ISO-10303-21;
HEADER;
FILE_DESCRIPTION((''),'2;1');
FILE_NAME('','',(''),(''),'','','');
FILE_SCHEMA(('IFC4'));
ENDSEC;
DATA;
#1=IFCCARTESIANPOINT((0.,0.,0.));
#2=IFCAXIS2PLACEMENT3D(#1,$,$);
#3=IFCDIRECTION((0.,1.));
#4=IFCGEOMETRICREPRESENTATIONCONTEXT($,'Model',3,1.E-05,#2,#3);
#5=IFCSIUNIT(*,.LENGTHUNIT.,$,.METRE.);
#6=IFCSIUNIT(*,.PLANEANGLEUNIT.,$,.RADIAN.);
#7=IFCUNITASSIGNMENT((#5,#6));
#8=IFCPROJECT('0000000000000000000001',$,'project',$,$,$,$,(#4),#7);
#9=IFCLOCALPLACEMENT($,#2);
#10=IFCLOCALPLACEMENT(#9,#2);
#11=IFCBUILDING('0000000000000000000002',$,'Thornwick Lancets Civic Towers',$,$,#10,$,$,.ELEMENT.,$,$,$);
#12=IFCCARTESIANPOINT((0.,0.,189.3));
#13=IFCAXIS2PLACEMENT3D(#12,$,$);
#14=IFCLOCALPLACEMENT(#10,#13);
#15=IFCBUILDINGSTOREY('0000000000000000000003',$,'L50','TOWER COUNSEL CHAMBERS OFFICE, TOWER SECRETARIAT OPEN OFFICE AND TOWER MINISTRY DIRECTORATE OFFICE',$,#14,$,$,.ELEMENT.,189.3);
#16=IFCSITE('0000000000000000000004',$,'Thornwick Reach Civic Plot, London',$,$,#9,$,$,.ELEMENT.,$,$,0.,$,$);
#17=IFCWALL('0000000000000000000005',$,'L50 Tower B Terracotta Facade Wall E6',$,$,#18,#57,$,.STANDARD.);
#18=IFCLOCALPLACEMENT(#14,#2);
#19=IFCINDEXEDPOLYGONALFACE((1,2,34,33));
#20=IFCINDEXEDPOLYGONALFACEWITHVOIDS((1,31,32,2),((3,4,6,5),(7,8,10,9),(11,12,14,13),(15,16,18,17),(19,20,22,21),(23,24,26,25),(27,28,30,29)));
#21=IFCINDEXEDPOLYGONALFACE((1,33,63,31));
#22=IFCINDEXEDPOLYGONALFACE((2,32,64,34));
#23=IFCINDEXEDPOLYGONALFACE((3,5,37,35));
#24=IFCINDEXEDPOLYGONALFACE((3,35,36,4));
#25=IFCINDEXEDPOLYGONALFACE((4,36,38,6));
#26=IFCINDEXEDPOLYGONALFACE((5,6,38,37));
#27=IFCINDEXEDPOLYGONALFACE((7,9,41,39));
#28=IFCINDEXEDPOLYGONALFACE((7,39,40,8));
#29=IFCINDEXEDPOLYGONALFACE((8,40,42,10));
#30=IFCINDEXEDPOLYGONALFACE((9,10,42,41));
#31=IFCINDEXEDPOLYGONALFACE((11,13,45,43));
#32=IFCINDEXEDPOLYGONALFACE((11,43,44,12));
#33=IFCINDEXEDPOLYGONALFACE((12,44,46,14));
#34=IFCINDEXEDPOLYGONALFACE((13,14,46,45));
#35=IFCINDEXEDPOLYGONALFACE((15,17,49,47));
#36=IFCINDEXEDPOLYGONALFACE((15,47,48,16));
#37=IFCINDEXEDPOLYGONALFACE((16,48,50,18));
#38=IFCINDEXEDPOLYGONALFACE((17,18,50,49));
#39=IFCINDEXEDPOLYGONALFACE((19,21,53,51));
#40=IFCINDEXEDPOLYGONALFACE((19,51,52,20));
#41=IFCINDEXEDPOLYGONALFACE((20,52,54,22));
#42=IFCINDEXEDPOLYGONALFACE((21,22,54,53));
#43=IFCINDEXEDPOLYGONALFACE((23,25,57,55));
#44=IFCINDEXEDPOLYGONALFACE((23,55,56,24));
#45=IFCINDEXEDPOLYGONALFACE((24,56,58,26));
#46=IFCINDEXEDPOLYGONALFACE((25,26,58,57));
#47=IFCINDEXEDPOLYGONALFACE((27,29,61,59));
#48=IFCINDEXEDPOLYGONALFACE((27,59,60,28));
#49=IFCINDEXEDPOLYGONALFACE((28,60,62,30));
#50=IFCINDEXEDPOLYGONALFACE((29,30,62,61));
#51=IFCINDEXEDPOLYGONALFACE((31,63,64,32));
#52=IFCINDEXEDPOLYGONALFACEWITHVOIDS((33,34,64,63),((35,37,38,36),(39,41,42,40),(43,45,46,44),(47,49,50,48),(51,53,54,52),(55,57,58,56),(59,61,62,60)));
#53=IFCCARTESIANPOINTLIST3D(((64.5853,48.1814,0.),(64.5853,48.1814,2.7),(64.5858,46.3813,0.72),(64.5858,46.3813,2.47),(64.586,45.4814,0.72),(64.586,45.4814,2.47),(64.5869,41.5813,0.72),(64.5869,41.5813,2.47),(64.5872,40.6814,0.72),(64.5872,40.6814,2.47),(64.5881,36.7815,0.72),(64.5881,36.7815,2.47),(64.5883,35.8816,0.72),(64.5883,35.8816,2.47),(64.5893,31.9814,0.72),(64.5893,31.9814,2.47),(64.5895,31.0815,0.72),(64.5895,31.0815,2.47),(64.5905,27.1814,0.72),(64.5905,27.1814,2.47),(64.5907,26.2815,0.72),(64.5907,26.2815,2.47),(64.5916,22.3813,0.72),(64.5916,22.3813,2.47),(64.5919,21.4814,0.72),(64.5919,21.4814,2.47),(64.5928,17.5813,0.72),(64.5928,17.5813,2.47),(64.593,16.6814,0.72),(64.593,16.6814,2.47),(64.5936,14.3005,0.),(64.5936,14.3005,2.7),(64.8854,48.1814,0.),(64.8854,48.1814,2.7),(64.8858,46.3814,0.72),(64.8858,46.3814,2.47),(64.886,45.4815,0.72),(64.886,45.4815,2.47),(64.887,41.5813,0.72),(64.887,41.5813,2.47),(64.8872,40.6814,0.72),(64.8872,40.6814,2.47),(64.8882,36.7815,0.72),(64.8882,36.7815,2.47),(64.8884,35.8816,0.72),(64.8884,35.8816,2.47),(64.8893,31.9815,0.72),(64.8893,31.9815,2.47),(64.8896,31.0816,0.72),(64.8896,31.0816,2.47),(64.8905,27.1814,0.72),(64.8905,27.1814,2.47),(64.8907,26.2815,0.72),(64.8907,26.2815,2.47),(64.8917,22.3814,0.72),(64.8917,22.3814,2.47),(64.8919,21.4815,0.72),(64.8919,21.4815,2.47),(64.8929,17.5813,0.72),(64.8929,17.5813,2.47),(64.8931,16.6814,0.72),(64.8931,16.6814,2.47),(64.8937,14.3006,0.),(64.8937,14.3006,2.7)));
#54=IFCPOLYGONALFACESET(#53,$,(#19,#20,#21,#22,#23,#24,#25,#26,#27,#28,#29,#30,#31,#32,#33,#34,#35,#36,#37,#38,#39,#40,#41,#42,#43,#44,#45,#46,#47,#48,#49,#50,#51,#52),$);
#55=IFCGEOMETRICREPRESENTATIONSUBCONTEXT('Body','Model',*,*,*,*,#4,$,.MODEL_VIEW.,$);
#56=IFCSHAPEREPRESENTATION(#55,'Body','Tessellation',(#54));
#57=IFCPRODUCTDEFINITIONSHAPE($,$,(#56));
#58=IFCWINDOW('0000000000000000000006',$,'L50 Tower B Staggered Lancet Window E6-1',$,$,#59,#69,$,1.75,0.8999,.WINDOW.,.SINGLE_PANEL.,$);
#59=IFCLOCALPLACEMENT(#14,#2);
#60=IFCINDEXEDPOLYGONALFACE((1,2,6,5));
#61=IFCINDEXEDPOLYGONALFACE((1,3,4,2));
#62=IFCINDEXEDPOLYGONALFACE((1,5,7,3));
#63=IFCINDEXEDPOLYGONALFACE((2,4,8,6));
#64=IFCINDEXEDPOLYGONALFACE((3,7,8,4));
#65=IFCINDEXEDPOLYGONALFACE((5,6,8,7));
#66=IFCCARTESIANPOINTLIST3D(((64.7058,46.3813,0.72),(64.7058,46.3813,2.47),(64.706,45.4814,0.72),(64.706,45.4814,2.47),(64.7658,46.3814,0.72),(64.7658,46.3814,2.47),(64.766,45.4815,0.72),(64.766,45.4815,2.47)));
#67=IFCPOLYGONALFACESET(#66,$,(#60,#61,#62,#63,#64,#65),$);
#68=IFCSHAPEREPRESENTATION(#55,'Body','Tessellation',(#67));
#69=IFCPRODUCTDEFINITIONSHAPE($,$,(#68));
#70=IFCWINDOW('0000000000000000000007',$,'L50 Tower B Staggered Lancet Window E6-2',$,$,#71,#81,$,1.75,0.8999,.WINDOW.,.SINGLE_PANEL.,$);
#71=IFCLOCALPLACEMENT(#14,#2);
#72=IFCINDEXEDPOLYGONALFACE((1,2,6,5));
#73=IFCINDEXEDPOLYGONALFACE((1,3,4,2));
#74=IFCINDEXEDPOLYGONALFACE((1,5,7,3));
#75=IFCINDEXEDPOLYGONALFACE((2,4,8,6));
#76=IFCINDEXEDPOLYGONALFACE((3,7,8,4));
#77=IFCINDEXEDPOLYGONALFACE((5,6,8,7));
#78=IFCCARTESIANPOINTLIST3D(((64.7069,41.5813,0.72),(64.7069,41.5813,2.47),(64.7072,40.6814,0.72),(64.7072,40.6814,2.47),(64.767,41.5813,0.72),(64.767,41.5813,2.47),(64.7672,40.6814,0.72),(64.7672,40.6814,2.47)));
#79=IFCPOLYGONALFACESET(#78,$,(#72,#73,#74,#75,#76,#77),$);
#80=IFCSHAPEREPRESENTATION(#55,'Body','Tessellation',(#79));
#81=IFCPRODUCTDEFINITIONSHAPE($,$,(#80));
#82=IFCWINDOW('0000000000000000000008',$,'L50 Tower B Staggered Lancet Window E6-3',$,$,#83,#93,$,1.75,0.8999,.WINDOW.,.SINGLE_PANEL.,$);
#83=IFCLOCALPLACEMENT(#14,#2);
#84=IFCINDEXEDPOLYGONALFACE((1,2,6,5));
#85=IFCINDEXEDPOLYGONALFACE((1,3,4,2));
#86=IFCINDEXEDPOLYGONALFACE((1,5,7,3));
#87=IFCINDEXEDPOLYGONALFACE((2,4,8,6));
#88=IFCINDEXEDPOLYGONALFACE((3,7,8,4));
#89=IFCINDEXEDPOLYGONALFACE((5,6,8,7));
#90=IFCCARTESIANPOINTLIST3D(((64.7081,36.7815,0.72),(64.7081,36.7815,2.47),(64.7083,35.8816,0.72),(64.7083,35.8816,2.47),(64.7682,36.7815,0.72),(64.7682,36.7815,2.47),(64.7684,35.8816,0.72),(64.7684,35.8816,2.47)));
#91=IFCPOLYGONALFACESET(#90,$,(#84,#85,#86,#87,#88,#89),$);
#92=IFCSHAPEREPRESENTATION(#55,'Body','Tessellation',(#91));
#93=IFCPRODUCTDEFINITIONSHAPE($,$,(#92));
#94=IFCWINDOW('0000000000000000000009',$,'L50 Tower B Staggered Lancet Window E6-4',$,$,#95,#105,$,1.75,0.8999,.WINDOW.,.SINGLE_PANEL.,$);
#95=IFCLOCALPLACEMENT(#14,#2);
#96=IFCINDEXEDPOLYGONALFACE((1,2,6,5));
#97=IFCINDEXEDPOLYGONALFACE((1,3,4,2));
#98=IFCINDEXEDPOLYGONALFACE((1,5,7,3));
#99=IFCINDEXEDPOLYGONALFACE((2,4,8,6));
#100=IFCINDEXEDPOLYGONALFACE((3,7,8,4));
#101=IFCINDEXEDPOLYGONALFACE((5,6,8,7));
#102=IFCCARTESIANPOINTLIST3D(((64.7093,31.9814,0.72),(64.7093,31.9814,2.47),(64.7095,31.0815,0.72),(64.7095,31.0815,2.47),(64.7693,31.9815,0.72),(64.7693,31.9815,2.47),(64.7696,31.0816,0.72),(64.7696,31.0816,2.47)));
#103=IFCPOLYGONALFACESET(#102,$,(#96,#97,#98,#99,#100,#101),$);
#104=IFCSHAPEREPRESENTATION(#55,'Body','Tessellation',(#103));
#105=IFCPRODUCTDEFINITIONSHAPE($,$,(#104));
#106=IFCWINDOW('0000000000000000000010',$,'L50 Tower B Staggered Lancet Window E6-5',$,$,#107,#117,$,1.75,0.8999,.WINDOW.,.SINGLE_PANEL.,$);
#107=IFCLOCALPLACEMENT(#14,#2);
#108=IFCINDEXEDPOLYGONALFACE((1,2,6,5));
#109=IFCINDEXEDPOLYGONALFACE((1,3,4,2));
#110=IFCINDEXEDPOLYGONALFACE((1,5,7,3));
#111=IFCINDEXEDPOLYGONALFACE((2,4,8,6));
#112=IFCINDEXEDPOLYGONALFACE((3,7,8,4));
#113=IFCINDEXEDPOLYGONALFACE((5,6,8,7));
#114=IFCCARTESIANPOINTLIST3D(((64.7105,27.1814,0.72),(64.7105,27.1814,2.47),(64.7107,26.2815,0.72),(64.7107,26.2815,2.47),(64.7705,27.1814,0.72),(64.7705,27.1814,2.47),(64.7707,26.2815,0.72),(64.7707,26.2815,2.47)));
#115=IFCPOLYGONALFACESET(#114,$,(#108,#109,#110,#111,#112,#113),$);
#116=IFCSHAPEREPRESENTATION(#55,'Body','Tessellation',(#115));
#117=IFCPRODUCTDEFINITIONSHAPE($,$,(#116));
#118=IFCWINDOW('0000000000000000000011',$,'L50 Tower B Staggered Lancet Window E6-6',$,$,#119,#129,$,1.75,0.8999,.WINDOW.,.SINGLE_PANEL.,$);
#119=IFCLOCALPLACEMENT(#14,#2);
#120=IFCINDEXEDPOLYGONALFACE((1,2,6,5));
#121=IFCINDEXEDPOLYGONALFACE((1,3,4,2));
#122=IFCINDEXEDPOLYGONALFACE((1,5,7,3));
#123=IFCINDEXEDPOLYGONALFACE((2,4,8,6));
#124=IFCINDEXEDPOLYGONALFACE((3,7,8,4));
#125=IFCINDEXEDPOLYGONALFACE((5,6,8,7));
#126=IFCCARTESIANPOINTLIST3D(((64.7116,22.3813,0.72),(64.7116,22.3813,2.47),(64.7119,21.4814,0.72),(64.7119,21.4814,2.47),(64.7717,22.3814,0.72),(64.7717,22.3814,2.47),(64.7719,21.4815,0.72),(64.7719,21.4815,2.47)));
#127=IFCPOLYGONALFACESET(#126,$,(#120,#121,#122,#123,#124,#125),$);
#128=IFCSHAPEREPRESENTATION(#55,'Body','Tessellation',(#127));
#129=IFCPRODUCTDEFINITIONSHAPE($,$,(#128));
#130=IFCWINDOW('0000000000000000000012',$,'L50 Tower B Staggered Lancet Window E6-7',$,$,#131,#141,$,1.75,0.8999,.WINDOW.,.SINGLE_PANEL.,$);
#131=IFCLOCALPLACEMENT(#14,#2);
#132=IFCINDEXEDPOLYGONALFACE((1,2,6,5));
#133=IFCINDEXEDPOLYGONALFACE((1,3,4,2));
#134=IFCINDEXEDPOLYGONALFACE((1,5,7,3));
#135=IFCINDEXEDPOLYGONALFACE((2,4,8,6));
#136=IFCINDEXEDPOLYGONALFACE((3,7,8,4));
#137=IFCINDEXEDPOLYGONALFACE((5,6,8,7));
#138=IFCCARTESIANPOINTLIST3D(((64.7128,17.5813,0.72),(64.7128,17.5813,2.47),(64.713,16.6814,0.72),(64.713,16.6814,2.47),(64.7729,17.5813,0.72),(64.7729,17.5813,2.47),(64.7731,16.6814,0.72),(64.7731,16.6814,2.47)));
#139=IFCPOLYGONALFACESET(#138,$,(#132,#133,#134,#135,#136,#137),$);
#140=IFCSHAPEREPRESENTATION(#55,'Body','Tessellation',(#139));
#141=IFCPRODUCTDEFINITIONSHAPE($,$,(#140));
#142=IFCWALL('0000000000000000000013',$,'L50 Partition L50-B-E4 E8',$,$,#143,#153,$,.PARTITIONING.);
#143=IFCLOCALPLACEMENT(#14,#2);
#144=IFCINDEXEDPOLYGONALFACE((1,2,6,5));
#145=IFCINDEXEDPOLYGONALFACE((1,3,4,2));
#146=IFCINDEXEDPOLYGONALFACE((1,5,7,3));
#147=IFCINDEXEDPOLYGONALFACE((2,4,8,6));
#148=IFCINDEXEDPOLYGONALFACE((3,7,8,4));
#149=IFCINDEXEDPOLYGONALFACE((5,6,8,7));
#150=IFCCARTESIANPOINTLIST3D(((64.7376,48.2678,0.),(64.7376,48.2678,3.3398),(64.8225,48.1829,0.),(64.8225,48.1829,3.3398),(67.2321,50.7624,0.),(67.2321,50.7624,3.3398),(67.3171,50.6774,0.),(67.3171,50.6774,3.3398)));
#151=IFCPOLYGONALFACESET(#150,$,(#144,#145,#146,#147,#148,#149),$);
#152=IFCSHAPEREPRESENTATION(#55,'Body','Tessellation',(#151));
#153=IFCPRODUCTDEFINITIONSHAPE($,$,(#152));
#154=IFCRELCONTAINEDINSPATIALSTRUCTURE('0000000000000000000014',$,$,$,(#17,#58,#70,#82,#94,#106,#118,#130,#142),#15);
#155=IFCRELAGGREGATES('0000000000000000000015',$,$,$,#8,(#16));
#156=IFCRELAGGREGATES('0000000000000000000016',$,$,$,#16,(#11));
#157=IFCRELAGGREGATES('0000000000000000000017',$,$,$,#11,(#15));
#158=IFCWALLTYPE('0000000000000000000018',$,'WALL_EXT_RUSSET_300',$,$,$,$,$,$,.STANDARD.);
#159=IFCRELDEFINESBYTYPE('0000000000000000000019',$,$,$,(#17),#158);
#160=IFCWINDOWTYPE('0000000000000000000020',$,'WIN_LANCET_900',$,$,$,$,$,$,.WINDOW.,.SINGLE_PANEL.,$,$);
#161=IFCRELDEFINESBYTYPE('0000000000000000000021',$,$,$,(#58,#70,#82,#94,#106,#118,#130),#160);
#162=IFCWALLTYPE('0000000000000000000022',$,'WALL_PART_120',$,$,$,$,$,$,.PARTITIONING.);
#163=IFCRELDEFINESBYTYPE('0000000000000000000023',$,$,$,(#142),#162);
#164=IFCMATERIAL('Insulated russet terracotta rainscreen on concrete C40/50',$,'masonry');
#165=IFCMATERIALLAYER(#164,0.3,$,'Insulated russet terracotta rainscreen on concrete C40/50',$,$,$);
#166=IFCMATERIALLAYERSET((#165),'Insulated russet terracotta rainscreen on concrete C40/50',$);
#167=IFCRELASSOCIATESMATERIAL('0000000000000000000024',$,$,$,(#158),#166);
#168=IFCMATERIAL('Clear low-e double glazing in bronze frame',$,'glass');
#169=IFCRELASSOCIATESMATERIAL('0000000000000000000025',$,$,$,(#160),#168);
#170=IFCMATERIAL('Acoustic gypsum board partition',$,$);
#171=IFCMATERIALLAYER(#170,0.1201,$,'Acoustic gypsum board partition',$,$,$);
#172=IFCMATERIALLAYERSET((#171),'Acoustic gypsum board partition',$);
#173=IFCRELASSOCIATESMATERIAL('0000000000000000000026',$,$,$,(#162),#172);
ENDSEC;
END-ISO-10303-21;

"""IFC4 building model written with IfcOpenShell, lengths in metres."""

from ifc_helpers import new_model, si_unit, direction, frame, frame_2d, origin, place, context, subcontext, project, spatial, rectangle, extrude, material, layer, layer_set, type_object, element, fill, save


model = new_model("IFC4")

# Units and contexts
model_context = context("Model", 3, precision=1e-05, world=origin(), true_north=direction((0.0, 1.0)))
body_context = subcontext(model_context, "Body", "Model", "MODEL_VIEW")
ifc_project = project(units=[si_unit("LENGTHUNIT", "METRE"), si_unit("PLANEANGLEUNIT", "RADIAN")], contexts=[model_context])

# Site, building, storey
site_placement = place(None, origin())
site = spatial("IfcSite", under=ifc_project, at=site_placement, Name="Thornwick Reach Civic Plot, London", CompositionType="ELEMENT", RefElevation=0.0)
building_placement = place(site_placement, origin())
building = spatial("IfcBuilding", under=site, at=building_placement, Name="Thornwick Lancets Civic Towers", CompositionType="ELEMENT")
storey_placement = place(building_placement, frame((0.0, 0.0, 189.3)))
storey = spatial("IfcBuildingStorey", under=building, at=storey_placement, Name="L50", Description="TOWER COUNSEL CHAMBERS OFFICE, TOWER SECRETARIAT OPEN OFFICE AND TOWER MINISTRY DIRECTORATE OFFICE", CompositionType="ELEMENT", Elevation=189.3)

# Wall, openings, windows
ifc_material_1 = material(Name="Insulated russet terracotta rainscreen on concrete C40/50", Category="masonry")
ifc_layer_1 = layer(ifc_material_1, 0.3, Name="Insulated russet terracotta rainscreen on concrete C40/50")
ifc_layer_set_1 = layer_set([ifc_layer_1], Name="Insulated russet terracotta rainscreen on concrete C40/50")
wall_type_1 = type_object("IfcWallType", Name="WALL_EXT_RUSSET_300", PredefinedType="STANDARD", material=ifc_layer_set_1)
wall_1_placement = place(storey_placement, frame((64.7354, 48.1814, 0.0), z_axis=(0.0, 0.0, 1.0), x_axis=(0.000245, -1.0, 0.0)))
wall_1 = element("IfcWall", 1, at=wall_1_placement, inside=storey, type_object=wall_type_1, Name="L50 Tower B Terracotta Facade Wall E6", PredefinedType="STANDARD", context=body_context, shape_type="SweptSolid", body=[
    extrude(rectangle(XDim=33.8809, YDim=0.3, at=frame_2d((16.9404, 0.0))), origin(), (0.0, 0.0, 1.0), 2.7),
])
opening_1_placement = place(wall_1_placement, frame((1.8, 0.0, 0.72)))
opening_1 = element("IfcOpeningElement", 2, at=opening_1_placement, cuts=wall_1, PredefinedType="OPENING", context=body_context, shape_type="SweptSolid", body=[
    extrude(rectangle(XDim=0.8999, YDim=1.75, at=frame_2d((0.45, 0.875))), frame((0.0, 0.1602, 0.0), z_axis=(0.0, -1.0, 0.0), x_axis=(1.0, 0.0, 0.0)), (0.0, 0.0, 1.0), 0.3201),
])
opening_2_placement = place(wall_1_placement, frame((6.6001, 0.0, 0.72)))
opening_2 = element("IfcOpeningElement", 3, at=opening_2_placement, cuts=wall_1, PredefinedType="OPENING", context=body_context, shape_type="SweptSolid", body=[
    extrude(rectangle(XDim=0.8999, YDim=1.75, at=frame_2d((0.45, 0.875))), frame((0.0, 0.1602, 0.0), z_axis=(0.0, -1.0, 0.0), x_axis=(1.0, 0.0, 0.0)), (0.0, 0.0, 1.0), 0.3201),
])
opening_3_placement = place(wall_1_placement, frame((11.3999, 0.0, 0.72)))
opening_3 = element("IfcOpeningElement", 4, at=opening_3_placement, cuts=wall_1, PredefinedType="OPENING", context=body_context, shape_type="SweptSolid", body=[
    extrude(rectangle(XDim=0.8999, YDim=1.75, at=frame_2d((0.45, 0.875))), frame((0.0, 0.1602, 0.0), z_axis=(0.0, -1.0, 0.0), x_axis=(1.0, 0.0, 0.0)), (0.0, 0.0, 1.0), 0.3201),
])
opening_4_placement = place(wall_1_placement, frame((16.2, 0.0, 0.72)))
opening_4 = element("IfcOpeningElement", 5, at=opening_4_placement, cuts=wall_1, PredefinedType="OPENING", context=body_context, shape_type="SweptSolid", body=[
    extrude(rectangle(XDim=0.8999, YDim=1.75, at=frame_2d((0.45, 0.875))), frame((0.0, 0.1602, 0.0), z_axis=(0.0, -1.0, 0.0), x_axis=(1.0, 0.0, 0.0)), (0.0, 0.0, 1.0), 0.3201),
])
opening_5_placement = place(wall_1_placement, frame((21.0, 0.0, 0.72)))
opening_5 = element("IfcOpeningElement", 6, at=opening_5_placement, cuts=wall_1, PredefinedType="OPENING", context=body_context, shape_type="SweptSolid", body=[
    extrude(rectangle(XDim=0.8999, YDim=1.75, at=frame_2d((0.45, 0.875))), frame((0.0, 0.1602, 0.0), z_axis=(0.0, -1.0, 0.0), x_axis=(1.0, 0.0, 0.0)), (0.0, 0.0, 1.0), 0.3201),
])
opening_6_placement = place(wall_1_placement, frame((25.8, 0.0, 0.72)))
opening_6 = element("IfcOpeningElement", 7, at=opening_6_placement, cuts=wall_1, PredefinedType="OPENING", context=body_context, shape_type="SweptSolid", body=[
    extrude(rectangle(XDim=0.8999, YDim=1.75, at=frame_2d((0.45, 0.875))), frame((0.0, 0.1602, 0.0), z_axis=(0.0, -1.0, 0.0), x_axis=(1.0, 0.0, 0.0)), (0.0, 0.0, 1.0), 0.3201),
])
opening_7_placement = place(wall_1_placement, frame((30.6001, 0.0, 0.72)))
opening_7 = element("IfcOpeningElement", 8, at=opening_7_placement, cuts=wall_1, PredefinedType="OPENING", context=body_context, shape_type="SweptSolid", body=[
    extrude(rectangle(XDim=0.8999, YDim=1.75, at=frame_2d((0.45, 0.875))), frame((0.0, 0.1602, 0.0), z_axis=(0.0, -1.0, 0.0), x_axis=(1.0, 0.0, 0.0)), (0.0, 0.0, 1.0), 0.3201),
])
ifc_material_2 = material(Name="Clear low-e double glazing in bronze frame", Category="glass")
window_type = type_object("IfcWindowType", Name="WIN_LANCET_900", PartitioningType="SINGLE_PANEL", PredefinedType="WINDOW", material=ifc_material_2)
window_1_placement = place(opening_1_placement, origin())
window_1 = element("IfcWindow", 9, at=window_1_placement, inside=storey, type_object=window_type, Name="L50 Tower B Staggered Lancet Window E6-1", OverallHeight=1.75, OverallWidth=0.8999, PartitioningType="SINGLE_PANEL", PredefinedType="WINDOW", context=body_context, shape_type="SweptSolid", body=[
    extrude(rectangle(XDim=0.8999, YDim=1.75, at=frame_2d((0.45, 0.875))), frame((0.0, 0.03, 0.0), z_axis=(0.0, -1.0, 0.0), x_axis=(1.0, 0.0, 0.0)), (0.0, 0.0, 1.0), 0.0601),
])
fill(opening_1, window_1)
window_2_placement = place(opening_2_placement, origin())
window_2 = element("IfcWindow", 10, at=window_2_placement, inside=storey, type_object=window_type, Name="L50 Tower B Staggered Lancet Window E6-2", OverallHeight=1.75, OverallWidth=0.8999, PartitioningType="SINGLE_PANEL", PredefinedType="WINDOW", context=body_context, shape_type="SweptSolid", body=[
    extrude(rectangle(XDim=0.8999, YDim=1.75, at=frame_2d((0.45, 0.875))), frame((0.0, 0.03, 0.0), z_axis=(0.0, -1.0, 0.0), x_axis=(1.0, 0.0, 0.0)), (0.0, 0.0, 1.0), 0.0601),
])
fill(opening_2, window_2)
window_3_placement = place(opening_3_placement, origin())
window_3 = element("IfcWindow", 11, at=window_3_placement, inside=storey, type_object=window_type, Name="L50 Tower B Staggered Lancet Window E6-3", OverallHeight=1.75, OverallWidth=0.8999, PartitioningType="SINGLE_PANEL", PredefinedType="WINDOW", context=body_context, shape_type="SweptSolid", body=[
    extrude(rectangle(XDim=0.8999, YDim=1.75, at=frame_2d((0.45, 0.875))), frame((0.0, 0.03, 0.0), z_axis=(0.0, -1.0, 0.0), x_axis=(1.0, 0.0, 0.0)), (0.0, 0.0, 1.0), 0.0601),
])
fill(opening_3, window_3)
window_4_placement = place(opening_4_placement, origin())
window_4 = element("IfcWindow", 12, at=window_4_placement, inside=storey, type_object=window_type, Name="L50 Tower B Staggered Lancet Window E6-4", OverallHeight=1.75, OverallWidth=0.8999, PartitioningType="SINGLE_PANEL", PredefinedType="WINDOW", context=body_context, shape_type="SweptSolid", body=[
    extrude(rectangle(XDim=0.8999, YDim=1.75, at=frame_2d((0.45, 0.875))), frame((0.0, 0.03, 0.0), z_axis=(0.0, -1.0, 0.0), x_axis=(1.0, 0.0, 0.0)), (0.0, 0.0, 1.0), 0.0601),
])
fill(opening_4, window_4)
window_5_placement = place(opening_5_placement, origin())
window_5 = element("IfcWindow", 13, at=window_5_placement, inside=storey, type_object=window_type, Name="L50 Tower B Staggered Lancet Window E6-5", OverallHeight=1.75, OverallWidth=0.8999, PartitioningType="SINGLE_PANEL", PredefinedType="WINDOW", context=body_context, shape_type="SweptSolid", body=[
    extrude(rectangle(XDim=0.8999, YDim=1.75, at=frame_2d((0.45, 0.875))), frame((0.0, 0.03, 0.0), z_axis=(0.0, -1.0, 0.0), x_axis=(1.0, 0.0, 0.0)), (0.0, 0.0, 1.0), 0.0601),
])
fill(opening_5, window_5)
window_6_placement = place(opening_6_placement, origin())
window_6 = element("IfcWindow", 14, at=window_6_placement, inside=storey, type_object=window_type, Name="L50 Tower B Staggered Lancet Window E6-6", OverallHeight=1.75, OverallWidth=0.8999, PartitioningType="SINGLE_PANEL", PredefinedType="WINDOW", context=body_context, shape_type="SweptSolid", body=[
    extrude(rectangle(XDim=0.8999, YDim=1.75, at=frame_2d((0.45, 0.875))), frame((0.0, 0.03, 0.0), z_axis=(0.0, -1.0, 0.0), x_axis=(1.0, 0.0, 0.0)), (0.0, 0.0, 1.0), 0.0601),
])
fill(opening_6, window_6)
window_7_placement = place(opening_7_placement, origin())
window_7 = element("IfcWindow", 15, at=window_7_placement, inside=storey, type_object=window_type, Name="L50 Tower B Staggered Lancet Window E6-7", OverallHeight=1.75, OverallWidth=0.8999, PartitioningType="SINGLE_PANEL", PredefinedType="WINDOW", context=body_context, shape_type="SweptSolid", body=[
    extrude(rectangle(XDim=0.8999, YDim=1.75, at=frame_2d((0.45, 0.875))), frame((0.0, 0.03, 0.0), z_axis=(0.0, -1.0, 0.0), x_axis=(1.0, 0.0, 0.0)), (0.0, 0.0, 1.0), 0.0601),
])
fill(opening_7, window_7)

# Wall
ifc_material_3 = material(Name="Acoustic gypsum board partition")
ifc_layer_2 = layer(ifc_material_3, 0.1201, Name="Acoustic gypsum board partition")
ifc_layer_set_2 = layer_set([ifc_layer_2], Name="Acoustic gypsum board partition")
wall_type_2 = type_object("IfcWallType", Name="WALL_PART_120", PredefinedType="PARTITIONING", material=ifc_layer_set_2)
wall_2_placement = place(storey_placement, frame((64.78, 48.2253, 0.0), z_axis=(0.0, 0.0, 1.0), x_axis=(0.707107, 0.707107, 0.0)))
element("IfcWall", 16, at=wall_2_placement, inside=storey, type_object=wall_type_2, Name="L50 Partition L50-B-E4 E8", PredefinedType="PARTITIONING", context=body_context, shape_type="SweptSolid", body=[
    extrude(rectangle(XDim=3.5278, YDim=0.1201, at=frame_2d((1.7639, 0.0))), origin(), (0.0, 0.0, 1.0), 3.3398),
])

save(model, "model.ifc")
